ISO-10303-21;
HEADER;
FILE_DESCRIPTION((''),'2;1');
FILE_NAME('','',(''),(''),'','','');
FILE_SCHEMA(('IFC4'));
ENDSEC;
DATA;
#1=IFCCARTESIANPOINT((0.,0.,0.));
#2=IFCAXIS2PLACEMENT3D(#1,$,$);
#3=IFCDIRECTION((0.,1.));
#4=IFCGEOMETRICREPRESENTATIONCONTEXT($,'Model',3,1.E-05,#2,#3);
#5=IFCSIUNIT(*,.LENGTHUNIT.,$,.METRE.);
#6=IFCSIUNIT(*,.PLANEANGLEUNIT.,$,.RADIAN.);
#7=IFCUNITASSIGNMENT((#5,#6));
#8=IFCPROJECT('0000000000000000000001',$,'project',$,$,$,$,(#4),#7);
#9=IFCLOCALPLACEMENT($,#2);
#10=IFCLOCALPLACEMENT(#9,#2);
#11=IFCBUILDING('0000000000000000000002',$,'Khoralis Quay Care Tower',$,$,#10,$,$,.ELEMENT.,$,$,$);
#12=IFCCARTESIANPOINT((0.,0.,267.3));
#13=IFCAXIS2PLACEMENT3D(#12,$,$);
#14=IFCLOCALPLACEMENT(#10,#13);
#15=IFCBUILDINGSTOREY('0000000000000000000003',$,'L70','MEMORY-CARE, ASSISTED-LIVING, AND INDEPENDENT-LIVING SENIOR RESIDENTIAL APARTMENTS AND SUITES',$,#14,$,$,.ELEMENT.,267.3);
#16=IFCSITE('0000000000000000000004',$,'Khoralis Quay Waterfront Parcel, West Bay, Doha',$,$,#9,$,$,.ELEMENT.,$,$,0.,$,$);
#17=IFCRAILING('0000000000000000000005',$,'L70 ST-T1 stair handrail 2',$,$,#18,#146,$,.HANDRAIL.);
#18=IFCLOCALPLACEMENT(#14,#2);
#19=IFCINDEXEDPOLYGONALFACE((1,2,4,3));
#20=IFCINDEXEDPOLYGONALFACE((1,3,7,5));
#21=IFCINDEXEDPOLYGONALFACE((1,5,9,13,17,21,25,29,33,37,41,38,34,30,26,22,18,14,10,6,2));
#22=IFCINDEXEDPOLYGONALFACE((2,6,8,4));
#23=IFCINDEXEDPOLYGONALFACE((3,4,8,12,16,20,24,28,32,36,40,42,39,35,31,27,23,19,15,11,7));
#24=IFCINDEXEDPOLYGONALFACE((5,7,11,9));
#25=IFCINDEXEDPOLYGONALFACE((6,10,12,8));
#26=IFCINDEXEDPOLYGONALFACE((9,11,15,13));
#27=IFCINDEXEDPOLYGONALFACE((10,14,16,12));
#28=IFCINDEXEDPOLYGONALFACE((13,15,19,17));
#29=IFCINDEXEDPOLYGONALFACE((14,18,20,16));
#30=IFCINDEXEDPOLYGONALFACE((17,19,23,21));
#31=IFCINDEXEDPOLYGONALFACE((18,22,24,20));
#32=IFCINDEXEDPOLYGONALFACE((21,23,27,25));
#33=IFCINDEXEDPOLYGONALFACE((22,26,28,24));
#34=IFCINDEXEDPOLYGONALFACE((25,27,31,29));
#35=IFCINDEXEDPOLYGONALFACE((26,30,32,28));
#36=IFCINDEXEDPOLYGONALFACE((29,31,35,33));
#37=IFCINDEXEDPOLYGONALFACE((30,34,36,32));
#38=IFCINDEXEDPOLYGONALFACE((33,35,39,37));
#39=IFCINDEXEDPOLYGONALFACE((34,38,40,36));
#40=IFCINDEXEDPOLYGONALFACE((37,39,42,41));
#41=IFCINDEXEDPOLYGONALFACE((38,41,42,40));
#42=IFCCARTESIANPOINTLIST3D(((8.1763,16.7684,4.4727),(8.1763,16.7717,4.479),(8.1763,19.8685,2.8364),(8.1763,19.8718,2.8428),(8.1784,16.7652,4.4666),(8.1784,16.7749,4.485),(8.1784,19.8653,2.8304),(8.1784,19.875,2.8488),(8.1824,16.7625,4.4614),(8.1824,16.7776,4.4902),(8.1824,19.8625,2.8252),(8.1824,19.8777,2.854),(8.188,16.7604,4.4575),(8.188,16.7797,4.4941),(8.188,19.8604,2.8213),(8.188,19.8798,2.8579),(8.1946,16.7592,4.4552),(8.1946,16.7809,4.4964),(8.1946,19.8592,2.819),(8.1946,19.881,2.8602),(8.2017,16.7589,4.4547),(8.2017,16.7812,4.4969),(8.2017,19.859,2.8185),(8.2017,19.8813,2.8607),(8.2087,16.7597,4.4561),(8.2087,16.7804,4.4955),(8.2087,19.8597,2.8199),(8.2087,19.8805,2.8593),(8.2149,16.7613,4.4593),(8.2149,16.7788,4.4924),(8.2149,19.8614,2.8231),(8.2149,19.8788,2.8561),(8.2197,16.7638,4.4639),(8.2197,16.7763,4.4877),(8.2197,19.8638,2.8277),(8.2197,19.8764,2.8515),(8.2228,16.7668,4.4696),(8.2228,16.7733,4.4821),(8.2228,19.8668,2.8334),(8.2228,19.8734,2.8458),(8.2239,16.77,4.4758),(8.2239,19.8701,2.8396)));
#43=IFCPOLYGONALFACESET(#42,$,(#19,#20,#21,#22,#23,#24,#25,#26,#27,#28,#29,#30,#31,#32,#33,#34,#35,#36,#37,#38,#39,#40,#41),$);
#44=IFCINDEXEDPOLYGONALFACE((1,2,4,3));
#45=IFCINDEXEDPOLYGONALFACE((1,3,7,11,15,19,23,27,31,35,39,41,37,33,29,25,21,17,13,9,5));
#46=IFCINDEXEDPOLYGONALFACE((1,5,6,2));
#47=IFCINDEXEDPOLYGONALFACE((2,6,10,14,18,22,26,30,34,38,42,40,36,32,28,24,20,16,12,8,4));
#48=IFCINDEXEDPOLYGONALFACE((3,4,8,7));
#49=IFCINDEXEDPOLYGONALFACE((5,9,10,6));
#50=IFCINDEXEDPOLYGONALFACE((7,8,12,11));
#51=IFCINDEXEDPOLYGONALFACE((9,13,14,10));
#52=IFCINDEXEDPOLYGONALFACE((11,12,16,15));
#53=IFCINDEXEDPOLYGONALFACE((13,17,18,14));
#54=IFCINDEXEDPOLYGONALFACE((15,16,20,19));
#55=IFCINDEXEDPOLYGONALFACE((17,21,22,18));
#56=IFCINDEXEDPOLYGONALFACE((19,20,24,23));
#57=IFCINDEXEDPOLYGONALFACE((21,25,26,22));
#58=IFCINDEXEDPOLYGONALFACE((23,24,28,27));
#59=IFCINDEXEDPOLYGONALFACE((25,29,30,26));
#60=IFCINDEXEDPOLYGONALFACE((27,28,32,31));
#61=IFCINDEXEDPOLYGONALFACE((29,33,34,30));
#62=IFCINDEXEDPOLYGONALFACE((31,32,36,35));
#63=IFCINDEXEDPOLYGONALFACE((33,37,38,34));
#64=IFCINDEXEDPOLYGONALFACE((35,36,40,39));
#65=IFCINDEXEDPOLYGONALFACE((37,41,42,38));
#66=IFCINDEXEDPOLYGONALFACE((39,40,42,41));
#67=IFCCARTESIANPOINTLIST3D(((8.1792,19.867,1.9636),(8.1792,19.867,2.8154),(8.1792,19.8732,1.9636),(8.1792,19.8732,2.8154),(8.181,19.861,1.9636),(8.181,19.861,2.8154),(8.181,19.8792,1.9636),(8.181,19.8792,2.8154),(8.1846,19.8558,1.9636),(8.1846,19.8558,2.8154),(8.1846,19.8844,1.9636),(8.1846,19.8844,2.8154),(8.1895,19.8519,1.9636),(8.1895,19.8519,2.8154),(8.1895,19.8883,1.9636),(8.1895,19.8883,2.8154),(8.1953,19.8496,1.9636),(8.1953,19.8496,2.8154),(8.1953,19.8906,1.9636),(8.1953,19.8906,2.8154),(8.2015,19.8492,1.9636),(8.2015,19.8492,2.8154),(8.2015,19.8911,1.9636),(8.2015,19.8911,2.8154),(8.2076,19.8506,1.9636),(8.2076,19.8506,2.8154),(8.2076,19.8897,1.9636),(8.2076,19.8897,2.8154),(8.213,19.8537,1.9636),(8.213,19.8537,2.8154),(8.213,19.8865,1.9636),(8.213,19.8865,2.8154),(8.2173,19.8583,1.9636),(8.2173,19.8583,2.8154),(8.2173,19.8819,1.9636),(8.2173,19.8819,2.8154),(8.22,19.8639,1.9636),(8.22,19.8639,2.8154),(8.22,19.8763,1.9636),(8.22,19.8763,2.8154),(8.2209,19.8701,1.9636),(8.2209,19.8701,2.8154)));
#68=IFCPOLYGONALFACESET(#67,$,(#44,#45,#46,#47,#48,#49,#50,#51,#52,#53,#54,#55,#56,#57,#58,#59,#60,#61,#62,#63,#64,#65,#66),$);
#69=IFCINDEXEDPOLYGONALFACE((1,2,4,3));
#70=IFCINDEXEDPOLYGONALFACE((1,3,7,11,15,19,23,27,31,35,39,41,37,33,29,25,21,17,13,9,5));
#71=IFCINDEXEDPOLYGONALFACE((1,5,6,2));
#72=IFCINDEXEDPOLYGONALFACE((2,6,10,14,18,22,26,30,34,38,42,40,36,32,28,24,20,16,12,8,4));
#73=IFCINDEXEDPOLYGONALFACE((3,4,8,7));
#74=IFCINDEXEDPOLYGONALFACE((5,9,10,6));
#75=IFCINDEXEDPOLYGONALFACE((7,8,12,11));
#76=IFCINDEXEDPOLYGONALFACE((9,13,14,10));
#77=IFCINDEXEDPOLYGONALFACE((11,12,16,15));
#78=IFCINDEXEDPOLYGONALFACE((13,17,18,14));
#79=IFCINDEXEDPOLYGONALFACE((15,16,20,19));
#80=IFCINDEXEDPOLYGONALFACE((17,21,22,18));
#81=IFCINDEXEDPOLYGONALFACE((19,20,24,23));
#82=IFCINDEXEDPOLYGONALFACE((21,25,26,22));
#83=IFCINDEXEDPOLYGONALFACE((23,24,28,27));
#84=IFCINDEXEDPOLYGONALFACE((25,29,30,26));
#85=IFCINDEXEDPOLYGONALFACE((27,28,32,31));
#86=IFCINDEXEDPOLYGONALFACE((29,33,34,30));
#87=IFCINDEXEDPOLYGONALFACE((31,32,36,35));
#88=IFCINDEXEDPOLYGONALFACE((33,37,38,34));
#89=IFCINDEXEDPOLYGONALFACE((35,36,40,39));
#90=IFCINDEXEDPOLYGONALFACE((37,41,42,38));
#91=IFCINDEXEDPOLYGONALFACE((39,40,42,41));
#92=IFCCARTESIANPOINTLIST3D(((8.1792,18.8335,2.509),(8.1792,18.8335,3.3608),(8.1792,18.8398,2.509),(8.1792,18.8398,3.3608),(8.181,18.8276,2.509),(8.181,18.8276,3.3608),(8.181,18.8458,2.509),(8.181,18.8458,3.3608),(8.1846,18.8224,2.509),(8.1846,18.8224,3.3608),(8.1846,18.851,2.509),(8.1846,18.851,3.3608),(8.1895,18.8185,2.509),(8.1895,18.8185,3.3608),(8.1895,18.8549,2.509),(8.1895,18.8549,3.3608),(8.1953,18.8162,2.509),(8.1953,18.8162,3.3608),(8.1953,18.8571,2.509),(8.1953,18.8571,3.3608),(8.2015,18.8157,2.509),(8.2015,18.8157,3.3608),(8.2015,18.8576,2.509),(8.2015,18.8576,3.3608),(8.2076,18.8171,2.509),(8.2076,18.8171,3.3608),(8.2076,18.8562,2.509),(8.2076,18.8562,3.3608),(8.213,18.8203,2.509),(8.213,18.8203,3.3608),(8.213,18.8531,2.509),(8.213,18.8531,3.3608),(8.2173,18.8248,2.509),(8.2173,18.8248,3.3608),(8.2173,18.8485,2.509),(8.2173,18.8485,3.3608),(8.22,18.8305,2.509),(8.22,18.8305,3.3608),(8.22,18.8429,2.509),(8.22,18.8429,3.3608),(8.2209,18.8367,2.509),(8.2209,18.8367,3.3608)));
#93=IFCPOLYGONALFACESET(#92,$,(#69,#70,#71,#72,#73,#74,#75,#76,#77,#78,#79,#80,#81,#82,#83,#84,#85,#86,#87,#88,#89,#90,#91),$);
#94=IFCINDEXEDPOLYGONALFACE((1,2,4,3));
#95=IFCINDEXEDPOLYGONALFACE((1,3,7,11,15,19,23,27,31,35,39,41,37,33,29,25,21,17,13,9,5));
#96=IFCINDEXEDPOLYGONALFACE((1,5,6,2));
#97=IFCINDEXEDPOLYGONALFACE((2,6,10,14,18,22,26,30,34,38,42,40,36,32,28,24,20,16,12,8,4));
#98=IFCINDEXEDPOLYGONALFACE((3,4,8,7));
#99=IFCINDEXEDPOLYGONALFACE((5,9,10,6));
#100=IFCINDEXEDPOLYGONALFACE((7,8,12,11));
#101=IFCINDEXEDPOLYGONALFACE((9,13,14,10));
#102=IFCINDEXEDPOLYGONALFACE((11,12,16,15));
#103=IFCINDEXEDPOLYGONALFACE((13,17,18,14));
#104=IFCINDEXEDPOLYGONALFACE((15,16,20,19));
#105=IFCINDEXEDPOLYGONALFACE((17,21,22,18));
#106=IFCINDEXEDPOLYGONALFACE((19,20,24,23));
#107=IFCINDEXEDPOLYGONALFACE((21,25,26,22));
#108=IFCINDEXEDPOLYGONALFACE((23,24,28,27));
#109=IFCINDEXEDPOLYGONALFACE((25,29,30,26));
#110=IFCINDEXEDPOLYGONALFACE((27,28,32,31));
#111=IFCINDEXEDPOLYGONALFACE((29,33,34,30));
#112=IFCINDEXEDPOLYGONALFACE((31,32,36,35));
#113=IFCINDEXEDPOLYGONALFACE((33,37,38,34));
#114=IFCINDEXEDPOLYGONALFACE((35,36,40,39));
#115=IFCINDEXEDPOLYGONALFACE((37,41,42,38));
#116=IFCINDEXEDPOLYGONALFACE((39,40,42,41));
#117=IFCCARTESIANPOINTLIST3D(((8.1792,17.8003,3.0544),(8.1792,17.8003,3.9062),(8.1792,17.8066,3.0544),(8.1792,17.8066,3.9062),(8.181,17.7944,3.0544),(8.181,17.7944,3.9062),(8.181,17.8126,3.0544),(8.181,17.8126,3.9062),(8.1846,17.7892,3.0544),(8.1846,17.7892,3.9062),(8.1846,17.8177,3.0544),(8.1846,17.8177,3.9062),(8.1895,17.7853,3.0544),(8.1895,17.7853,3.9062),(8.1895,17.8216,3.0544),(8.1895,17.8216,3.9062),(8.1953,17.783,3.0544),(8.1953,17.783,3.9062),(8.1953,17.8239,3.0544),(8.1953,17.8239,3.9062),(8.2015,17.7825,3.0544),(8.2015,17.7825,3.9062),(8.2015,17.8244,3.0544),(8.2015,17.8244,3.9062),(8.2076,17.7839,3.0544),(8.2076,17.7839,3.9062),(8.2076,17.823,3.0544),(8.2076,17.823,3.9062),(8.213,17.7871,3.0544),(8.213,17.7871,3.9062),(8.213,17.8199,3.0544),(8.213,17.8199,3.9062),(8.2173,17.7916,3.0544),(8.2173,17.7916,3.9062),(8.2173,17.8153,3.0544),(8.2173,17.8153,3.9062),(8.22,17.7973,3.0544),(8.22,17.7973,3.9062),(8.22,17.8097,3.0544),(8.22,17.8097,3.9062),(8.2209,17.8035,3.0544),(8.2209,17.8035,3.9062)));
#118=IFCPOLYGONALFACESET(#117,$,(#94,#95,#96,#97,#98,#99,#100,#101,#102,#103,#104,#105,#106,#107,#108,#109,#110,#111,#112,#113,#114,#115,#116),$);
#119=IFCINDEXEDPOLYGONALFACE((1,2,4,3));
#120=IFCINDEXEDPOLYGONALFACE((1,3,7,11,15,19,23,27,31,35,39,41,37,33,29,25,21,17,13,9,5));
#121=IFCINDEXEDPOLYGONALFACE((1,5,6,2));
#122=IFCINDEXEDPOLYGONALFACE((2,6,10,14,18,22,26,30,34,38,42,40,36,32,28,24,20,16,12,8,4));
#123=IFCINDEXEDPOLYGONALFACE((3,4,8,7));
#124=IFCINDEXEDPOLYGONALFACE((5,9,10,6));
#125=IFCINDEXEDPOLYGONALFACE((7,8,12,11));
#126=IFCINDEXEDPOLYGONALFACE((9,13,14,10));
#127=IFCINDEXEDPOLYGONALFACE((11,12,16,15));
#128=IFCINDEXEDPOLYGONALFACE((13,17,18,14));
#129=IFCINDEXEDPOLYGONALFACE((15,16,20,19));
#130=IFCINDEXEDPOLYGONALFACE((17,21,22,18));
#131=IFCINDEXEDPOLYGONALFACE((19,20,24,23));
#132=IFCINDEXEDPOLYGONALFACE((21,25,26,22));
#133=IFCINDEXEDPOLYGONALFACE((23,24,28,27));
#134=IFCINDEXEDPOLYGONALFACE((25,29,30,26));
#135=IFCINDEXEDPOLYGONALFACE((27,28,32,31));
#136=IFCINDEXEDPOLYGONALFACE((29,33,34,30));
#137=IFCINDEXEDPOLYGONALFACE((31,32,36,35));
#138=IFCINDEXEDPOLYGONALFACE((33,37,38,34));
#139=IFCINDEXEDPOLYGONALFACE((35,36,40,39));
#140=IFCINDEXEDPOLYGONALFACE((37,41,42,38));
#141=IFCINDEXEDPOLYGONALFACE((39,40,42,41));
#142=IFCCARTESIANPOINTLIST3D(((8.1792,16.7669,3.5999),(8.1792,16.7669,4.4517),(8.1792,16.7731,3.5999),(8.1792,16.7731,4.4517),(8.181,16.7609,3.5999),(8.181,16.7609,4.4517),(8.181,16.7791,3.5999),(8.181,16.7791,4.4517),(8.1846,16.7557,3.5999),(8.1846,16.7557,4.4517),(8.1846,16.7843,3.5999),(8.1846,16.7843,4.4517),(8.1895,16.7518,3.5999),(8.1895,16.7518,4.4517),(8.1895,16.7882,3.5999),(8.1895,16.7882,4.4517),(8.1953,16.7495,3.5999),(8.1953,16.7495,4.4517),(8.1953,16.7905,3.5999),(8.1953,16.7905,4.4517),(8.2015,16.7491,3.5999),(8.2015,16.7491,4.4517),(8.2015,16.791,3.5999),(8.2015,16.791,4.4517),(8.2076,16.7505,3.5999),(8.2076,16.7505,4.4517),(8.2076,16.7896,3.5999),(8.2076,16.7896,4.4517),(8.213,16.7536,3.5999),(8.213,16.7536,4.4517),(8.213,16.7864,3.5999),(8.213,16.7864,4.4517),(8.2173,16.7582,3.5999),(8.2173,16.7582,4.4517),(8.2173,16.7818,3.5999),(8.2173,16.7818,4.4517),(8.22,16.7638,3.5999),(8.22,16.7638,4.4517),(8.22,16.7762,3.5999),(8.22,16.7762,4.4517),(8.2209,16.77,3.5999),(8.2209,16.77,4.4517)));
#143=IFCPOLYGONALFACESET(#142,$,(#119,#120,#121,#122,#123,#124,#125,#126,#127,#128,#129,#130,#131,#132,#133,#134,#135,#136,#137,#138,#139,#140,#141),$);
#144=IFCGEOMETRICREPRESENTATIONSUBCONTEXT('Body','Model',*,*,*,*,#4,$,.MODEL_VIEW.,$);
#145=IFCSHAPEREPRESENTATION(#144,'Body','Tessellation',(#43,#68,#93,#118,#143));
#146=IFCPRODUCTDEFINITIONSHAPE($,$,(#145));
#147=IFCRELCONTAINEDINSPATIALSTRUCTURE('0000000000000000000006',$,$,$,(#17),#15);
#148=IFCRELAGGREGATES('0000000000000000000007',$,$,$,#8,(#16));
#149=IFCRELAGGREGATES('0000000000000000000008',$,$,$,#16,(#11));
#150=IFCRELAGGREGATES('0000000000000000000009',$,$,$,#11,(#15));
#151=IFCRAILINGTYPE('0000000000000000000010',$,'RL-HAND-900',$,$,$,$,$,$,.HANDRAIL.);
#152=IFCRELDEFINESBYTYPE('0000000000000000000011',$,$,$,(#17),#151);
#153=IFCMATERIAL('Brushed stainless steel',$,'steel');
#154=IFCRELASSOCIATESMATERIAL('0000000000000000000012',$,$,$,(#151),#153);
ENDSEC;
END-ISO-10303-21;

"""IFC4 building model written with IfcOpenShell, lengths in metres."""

from ifc_helpers import new_model, si_unit, direction, frame, origin, origin_2d, place, context, subcontext, project, spatial, circle, extrude, material, type_object, element, save


model = new_model("IFC4")

# Units and contexts
model_context = context("Model", 3, precision=1e-05, world=origin(), true_north=direction((0.0, 1.0)))
body_context = subcontext(model_context, "Body", "Model", "MODEL_VIEW")
ifc_project = project(units=[si_unit("LENGTHUNIT", "METRE"), si_unit("PLANEANGLEUNIT", "RADIAN")], contexts=[model_context])

# Site, building, storey
site_placement = place(None, origin())
site = spatial("IfcSite", under=ifc_project, at=site_placement, Name="Khoralis Quay Waterfront Parcel, West Bay, Doha", CompositionType="ELEMENT", RefElevation=0.0)
building_placement = place(site_placement, origin())
building = spatial("IfcBuilding", under=site, at=building_placement, Name="Khoralis Quay Care Tower", CompositionType="ELEMENT")
storey_placement = place(building_placement, frame((0.0, 0.0, 267.3)))
storey = spatial("IfcBuildingStorey", under=building, at=storey_placement, Name="L70", Description="MEMORY-CARE, ASSISTED-LIVING, AND INDEPENDENT-LIVING SENIOR RESIDENTIAL APARTMENTS AND SUITES", CompositionType="ELEMENT", Elevation=267.3)

# Railing
ifc_material_1 = material(Name="Brushed stainless steel", Category="steel")
railing_type_1 = type_object("IfcRailingType", Name="RL-HAND-900", PredefinedType="HANDRAIL", material=ifc_material_1)
railing_1_placement = place(storey_placement, frame((8.2, 19.8701, 1.9636)))
element("IfcRailing", 1, at=railing_1_placement, inside=storey, type_object=railing_type_1, Name="L70 ST-T1 stair handrail 2", PredefinedType="HANDRAIL", context=body_context, shape_type="SweptSolid", body=[
    extrude(circle(Radius=0.0239, at=origin_2d()), frame((0.0, 0.0, 0.876), z_axis=(0.0, -0.884377, 0.466774), x_axis=(1.0, 0.0, 0.0)), (0.0, 0.0, 1.0), 3.5054),
    extrude(circle(Radius=0.021, at=origin_2d()), origin(), (0.0, 0.0, 1.0), 0.8518),
    extrude(circle(Radius=0.021, at=origin_2d()), frame((0.0, -1.0334, 0.5454)), (0.0, 0.0, 1.0), 0.8518),
    extrude(circle(Radius=0.021, at=origin_2d()), frame((0.0, -2.0667, 1.0908)), (0.0, 0.0, 1.0), 0.8518),
    extrude(circle(Radius=0.021, at=origin_2d()), frame((0.0, -3.1001, 1.6362)), (0.0, 0.0, 1.0), 0.8518),
])

save(model, "model.ifc")
